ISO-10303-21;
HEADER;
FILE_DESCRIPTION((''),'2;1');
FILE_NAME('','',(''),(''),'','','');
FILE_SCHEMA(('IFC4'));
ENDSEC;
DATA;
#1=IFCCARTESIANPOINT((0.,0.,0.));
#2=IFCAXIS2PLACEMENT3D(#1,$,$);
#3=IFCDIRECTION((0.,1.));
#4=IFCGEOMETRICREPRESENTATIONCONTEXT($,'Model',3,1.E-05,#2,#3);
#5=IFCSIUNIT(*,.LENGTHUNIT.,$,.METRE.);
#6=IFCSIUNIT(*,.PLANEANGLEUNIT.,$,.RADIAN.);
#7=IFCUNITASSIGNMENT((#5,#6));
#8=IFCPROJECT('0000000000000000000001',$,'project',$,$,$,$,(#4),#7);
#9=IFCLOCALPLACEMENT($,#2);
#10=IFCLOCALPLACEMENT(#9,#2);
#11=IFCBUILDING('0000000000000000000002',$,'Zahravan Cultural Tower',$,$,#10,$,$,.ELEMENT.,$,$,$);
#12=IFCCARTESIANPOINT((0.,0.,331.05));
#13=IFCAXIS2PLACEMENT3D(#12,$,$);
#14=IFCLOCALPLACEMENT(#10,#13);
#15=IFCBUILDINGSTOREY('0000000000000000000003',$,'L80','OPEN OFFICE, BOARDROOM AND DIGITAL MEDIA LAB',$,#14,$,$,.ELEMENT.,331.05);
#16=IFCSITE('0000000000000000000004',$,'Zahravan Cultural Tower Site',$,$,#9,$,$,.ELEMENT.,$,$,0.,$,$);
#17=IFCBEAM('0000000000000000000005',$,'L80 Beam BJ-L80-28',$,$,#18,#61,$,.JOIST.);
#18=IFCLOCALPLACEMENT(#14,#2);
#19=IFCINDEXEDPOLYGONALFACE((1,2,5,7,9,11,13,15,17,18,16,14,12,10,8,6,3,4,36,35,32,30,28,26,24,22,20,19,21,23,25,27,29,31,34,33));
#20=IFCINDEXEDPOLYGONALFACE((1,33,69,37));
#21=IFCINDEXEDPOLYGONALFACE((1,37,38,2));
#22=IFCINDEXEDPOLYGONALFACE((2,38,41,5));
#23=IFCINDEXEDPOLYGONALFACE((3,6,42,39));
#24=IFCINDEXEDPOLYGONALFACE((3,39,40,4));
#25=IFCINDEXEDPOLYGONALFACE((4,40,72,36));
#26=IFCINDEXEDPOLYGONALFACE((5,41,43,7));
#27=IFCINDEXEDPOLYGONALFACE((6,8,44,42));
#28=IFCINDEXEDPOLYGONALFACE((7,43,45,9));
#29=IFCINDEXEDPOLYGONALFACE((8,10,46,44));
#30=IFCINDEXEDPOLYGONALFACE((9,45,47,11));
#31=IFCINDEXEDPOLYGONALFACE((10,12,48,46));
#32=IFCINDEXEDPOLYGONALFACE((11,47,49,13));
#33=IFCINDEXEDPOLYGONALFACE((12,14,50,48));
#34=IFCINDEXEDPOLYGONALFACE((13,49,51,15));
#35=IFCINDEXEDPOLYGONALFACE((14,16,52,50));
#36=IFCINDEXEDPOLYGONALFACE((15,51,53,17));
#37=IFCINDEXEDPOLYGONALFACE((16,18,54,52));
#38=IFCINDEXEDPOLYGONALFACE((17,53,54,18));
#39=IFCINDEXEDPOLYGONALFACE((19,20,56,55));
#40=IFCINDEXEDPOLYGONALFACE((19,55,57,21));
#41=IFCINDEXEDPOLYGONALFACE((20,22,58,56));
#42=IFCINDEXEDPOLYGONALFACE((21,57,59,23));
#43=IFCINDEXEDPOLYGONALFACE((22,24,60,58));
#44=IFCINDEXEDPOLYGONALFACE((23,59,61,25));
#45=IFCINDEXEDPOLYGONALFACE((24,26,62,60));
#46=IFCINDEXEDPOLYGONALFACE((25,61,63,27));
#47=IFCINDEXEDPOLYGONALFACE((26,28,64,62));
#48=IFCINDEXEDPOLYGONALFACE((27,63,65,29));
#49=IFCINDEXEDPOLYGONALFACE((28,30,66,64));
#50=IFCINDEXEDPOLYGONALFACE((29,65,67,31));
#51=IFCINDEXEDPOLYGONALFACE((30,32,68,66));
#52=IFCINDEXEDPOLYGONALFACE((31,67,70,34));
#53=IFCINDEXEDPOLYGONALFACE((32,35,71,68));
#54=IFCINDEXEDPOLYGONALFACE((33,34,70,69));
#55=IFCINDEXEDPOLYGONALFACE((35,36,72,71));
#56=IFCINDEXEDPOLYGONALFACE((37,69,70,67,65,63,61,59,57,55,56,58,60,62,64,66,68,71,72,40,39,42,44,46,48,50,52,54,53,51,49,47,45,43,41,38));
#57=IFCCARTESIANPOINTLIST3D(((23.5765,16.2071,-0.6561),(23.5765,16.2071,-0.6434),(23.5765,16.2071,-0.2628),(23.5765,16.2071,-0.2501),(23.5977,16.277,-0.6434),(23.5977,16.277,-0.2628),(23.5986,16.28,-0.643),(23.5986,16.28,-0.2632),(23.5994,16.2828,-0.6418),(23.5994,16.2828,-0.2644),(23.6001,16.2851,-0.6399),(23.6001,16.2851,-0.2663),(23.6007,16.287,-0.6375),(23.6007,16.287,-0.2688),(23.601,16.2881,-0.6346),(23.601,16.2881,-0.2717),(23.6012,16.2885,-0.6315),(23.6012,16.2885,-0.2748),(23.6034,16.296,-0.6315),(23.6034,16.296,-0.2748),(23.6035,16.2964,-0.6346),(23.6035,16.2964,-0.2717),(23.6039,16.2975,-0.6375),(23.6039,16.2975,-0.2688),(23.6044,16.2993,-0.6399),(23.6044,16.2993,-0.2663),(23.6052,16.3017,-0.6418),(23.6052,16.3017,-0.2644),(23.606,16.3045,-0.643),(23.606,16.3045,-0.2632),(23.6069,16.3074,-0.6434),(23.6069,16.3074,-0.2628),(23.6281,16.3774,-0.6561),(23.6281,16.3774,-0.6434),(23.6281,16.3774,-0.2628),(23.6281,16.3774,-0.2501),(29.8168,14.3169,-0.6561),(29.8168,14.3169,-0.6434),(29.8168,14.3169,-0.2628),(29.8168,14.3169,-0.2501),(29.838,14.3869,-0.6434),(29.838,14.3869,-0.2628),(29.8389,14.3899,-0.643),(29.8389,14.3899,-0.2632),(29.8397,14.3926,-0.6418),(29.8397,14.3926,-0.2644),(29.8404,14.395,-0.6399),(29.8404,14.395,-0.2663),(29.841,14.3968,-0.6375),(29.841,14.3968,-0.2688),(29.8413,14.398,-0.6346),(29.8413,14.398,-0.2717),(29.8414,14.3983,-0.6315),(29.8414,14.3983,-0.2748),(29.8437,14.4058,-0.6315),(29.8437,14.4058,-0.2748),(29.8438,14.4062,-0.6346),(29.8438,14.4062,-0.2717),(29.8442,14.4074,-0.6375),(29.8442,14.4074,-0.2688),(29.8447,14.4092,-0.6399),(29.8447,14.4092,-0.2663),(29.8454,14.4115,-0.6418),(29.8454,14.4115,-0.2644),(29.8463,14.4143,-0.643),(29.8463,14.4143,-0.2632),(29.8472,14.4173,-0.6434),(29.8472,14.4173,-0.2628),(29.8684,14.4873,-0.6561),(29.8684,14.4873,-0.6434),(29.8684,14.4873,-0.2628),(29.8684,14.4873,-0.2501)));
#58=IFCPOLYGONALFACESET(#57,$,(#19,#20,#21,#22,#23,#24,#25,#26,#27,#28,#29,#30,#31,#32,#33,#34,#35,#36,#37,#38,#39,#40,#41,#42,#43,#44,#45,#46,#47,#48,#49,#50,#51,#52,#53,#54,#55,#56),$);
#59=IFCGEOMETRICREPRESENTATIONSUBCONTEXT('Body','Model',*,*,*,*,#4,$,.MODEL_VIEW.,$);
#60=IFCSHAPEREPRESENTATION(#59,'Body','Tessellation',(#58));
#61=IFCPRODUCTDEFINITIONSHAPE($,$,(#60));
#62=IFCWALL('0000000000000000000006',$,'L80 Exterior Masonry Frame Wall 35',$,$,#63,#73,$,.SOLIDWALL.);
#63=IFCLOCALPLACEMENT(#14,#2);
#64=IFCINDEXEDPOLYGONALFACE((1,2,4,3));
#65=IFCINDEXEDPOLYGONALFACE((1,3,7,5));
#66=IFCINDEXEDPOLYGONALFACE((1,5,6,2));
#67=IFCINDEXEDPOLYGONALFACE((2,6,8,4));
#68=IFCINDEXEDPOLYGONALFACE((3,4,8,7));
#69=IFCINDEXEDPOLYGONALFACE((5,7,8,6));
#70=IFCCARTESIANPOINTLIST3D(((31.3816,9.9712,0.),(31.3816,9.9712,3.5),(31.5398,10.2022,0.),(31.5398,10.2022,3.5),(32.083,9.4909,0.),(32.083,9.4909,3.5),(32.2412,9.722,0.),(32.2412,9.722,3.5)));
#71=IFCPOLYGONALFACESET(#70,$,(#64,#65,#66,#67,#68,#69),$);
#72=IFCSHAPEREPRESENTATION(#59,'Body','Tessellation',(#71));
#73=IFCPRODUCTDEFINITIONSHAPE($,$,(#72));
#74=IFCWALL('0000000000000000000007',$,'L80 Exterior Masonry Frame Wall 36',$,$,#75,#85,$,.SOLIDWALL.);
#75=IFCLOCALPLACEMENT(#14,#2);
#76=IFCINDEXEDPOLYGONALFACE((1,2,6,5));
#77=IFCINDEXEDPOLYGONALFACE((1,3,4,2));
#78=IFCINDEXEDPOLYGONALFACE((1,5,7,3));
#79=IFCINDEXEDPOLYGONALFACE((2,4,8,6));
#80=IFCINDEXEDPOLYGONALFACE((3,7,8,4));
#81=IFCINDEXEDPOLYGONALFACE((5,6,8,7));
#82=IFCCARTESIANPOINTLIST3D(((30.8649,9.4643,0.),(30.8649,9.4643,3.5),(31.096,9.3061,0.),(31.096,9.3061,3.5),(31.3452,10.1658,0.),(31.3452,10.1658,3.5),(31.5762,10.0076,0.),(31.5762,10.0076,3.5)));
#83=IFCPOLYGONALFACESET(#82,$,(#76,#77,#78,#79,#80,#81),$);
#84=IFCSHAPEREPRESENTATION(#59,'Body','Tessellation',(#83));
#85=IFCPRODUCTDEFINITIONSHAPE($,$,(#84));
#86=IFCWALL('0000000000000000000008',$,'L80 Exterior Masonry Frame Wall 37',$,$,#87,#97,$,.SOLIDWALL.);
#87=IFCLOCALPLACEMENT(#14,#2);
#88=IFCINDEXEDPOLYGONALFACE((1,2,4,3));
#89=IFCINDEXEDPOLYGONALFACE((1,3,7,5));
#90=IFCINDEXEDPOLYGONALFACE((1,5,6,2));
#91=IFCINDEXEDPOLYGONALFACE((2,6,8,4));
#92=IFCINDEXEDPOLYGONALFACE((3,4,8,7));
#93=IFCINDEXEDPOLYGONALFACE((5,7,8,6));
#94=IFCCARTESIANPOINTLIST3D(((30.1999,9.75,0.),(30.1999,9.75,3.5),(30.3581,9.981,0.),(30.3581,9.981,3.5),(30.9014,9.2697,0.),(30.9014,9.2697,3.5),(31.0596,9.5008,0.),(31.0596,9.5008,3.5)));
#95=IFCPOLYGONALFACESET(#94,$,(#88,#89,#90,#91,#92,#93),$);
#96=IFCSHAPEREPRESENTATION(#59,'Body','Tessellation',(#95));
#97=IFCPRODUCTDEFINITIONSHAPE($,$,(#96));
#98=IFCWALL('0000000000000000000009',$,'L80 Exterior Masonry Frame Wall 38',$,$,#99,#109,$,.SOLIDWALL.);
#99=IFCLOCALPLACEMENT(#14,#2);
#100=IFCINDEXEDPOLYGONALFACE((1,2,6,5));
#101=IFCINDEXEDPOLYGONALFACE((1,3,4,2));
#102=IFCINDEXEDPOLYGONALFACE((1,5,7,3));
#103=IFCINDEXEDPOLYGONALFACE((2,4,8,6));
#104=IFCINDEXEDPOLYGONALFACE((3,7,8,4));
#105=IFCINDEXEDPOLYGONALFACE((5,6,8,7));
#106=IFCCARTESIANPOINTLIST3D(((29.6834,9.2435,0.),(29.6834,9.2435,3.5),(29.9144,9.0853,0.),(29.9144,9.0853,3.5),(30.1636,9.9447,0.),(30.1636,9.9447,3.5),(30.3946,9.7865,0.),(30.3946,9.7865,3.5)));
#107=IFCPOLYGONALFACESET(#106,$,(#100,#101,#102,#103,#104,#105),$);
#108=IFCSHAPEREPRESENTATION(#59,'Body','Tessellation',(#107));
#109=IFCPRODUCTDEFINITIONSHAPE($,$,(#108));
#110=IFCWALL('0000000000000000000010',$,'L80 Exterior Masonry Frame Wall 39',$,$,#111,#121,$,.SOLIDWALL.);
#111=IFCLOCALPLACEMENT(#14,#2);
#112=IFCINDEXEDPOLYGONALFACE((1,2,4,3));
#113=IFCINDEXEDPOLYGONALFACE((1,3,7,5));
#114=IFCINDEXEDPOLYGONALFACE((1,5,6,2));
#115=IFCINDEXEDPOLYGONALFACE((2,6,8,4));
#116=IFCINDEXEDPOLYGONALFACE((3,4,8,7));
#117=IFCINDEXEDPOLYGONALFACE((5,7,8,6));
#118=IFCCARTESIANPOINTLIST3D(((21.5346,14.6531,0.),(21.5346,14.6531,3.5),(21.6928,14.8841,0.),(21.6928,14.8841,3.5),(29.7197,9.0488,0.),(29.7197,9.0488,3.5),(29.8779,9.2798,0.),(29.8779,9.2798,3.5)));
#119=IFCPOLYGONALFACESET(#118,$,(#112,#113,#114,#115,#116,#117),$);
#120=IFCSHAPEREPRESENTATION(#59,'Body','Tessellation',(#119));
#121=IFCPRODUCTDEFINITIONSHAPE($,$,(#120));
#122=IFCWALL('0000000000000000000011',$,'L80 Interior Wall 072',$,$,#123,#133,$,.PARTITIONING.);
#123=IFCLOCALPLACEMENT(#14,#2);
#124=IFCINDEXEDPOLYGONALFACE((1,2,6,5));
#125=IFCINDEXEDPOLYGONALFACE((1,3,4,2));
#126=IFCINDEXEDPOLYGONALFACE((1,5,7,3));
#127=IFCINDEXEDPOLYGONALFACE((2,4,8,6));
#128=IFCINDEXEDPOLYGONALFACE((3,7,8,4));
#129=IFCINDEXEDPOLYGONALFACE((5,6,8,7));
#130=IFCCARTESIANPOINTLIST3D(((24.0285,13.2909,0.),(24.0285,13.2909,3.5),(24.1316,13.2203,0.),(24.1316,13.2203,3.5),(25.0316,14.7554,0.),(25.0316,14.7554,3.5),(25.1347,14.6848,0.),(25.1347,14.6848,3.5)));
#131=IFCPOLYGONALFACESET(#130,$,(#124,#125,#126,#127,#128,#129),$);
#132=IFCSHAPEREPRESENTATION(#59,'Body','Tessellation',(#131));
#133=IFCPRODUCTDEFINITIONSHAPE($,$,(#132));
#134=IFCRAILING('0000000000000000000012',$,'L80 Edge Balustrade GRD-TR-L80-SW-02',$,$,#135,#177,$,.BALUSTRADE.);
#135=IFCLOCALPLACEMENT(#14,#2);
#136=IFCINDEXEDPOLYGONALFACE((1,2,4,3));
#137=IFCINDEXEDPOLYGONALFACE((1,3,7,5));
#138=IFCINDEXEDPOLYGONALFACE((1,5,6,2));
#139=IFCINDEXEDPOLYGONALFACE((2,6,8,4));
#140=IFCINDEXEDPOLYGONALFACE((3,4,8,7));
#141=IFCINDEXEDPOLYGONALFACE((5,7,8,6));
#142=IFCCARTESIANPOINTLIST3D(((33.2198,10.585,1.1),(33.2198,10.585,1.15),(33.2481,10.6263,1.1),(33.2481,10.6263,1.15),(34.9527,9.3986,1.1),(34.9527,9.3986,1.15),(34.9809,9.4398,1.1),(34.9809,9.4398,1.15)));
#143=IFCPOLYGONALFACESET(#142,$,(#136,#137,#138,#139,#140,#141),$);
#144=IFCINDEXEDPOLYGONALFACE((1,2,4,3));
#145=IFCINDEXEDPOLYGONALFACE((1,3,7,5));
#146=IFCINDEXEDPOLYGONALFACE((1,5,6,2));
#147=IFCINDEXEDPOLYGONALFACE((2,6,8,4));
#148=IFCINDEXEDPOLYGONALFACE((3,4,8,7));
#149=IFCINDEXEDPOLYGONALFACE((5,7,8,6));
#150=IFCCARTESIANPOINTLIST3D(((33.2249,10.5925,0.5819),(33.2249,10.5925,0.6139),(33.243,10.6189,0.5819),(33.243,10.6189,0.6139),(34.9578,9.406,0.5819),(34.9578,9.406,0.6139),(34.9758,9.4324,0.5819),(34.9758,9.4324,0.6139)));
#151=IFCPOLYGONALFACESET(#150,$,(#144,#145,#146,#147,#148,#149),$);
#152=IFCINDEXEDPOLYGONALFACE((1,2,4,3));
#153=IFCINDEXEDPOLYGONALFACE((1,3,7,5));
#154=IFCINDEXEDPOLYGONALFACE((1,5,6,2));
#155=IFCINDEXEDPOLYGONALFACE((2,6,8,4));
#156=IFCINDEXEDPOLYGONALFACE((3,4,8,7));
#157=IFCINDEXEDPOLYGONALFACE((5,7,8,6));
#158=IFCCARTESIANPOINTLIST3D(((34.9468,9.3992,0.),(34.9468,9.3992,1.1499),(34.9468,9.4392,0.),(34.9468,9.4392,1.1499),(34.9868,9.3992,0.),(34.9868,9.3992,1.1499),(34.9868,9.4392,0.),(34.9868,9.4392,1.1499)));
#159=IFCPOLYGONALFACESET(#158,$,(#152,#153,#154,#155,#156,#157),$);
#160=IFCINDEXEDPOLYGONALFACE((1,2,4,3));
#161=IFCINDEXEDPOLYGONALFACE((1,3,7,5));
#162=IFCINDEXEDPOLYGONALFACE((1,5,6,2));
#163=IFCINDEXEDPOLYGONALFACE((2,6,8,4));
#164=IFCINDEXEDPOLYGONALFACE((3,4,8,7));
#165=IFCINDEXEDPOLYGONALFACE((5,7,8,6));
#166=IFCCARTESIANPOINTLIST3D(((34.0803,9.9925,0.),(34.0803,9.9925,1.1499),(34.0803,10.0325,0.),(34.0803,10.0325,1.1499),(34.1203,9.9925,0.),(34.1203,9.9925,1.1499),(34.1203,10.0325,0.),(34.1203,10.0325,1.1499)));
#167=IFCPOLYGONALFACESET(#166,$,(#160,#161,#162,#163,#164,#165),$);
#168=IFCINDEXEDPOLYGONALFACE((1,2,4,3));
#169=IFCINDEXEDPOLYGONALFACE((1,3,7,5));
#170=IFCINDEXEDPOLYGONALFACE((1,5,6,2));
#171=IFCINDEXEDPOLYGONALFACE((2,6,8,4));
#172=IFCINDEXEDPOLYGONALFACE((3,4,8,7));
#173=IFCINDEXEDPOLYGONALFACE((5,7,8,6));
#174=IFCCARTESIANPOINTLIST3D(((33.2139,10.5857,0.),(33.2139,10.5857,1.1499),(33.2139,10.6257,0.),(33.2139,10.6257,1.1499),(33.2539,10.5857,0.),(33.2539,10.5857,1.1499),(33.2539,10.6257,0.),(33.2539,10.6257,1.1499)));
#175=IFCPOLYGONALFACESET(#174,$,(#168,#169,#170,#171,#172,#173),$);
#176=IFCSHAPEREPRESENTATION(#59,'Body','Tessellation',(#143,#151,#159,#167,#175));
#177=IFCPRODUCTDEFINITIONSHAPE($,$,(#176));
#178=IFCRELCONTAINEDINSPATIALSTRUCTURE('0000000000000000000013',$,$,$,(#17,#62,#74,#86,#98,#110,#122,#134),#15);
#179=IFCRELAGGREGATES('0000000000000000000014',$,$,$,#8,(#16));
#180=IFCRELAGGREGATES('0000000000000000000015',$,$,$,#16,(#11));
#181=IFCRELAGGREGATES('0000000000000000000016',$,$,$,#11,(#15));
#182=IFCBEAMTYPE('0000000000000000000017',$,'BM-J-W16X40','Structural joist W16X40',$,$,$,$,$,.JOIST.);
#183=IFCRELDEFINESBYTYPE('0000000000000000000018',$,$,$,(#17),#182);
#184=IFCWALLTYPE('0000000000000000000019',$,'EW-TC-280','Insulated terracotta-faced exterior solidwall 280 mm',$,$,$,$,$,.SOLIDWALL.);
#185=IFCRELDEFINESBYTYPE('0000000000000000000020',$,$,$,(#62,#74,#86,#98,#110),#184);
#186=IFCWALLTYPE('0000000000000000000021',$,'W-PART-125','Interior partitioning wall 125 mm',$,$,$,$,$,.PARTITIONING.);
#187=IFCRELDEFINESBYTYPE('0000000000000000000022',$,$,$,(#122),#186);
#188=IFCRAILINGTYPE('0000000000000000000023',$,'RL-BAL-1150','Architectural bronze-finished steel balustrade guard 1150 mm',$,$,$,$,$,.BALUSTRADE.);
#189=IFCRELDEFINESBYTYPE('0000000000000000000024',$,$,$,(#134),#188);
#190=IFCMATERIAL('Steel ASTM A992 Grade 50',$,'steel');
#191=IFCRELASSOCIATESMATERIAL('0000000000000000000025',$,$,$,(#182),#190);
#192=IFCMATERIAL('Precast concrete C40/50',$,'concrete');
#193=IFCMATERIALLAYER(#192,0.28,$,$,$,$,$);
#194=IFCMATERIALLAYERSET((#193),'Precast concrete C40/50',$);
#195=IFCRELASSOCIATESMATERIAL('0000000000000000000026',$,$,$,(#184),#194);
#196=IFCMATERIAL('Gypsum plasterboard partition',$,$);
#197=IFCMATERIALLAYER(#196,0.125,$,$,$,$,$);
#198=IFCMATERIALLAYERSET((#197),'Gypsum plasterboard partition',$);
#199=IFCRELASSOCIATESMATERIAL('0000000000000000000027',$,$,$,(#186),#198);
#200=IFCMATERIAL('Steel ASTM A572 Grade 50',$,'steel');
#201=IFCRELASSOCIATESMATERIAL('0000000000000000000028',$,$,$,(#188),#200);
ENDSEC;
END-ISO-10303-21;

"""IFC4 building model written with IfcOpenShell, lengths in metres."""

from ifc_helpers import new_model, si_unit, direction, frame, frame_2d, origin, origin_2d, place, context, subcontext, project, spatial, rectangle, i_section, extrude, source, transform, mapped, material, layer, layer_set, material_profile, profile_set, type_object, element, save


model = new_model("IFC4")

# Units and contexts
model_context = context("Model", 3, precision=1e-05, world=origin(), true_north=direction((0.0, 1.0)))
body_context = subcontext(model_context, "Body", "Model", "MODEL_VIEW")
ifc_project = project(units=[si_unit("LENGTHUNIT", "METRE"), si_unit("PLANEANGLEUNIT", "RADIAN")], contexts=[model_context])

# Site, building, storey
site_placement = place(None, origin())
site = spatial("IfcSite", under=ifc_project, at=site_placement, Name="Zahravan Cultural Tower Site", CompositionType="ELEMENT", RefElevation=0.0)
building_placement = place(site_placement, origin())
building = spatial("IfcBuilding", under=site, at=building_placement, Name="Zahravan Cultural Tower", CompositionType="ELEMENT")
storey_placement = place(building_placement, frame((0.0, 0.0, 331.05)))
storey = spatial("IfcBuildingStorey", under=building, at=storey_placement, Name="L80", Description="OPEN OFFICE, BOARDROOM AND DIGITAL MEDIA LAB", CompositionType="ELEMENT", Elevation=331.05)

# Shared definitions
ifc_material_1 = material(Name="Steel ASTM A992 Grade 50", Category="steel")

# Beam
ifc_material_profile_1 = material_profile(ifc_material_1, i_section(OverallWidth=0.178, OverallDepth=0.406, WebThickness=0.0078, FlangeThickness=0.0127, FilletRadius=0.012, at=origin_2d()), Name="W16X40")
ifc_profile_set_1 = profile_set([ifc_material_profile_1], Name="Steel ASTM A992 Grade 50")
beam_type_1 = type_object("IfcBeamType", Name="BM-J-W16X40", Description="Structural joist W16X40", PredefinedType="JOIST", material=ifc_profile_set_1)
shared_shape_1 = source(origin(), body_context, "Body", "SweptSolid", [
    extrude(i_section(OverallWidth=0.178, OverallDepth=0.406, WebThickness=0.0078, FlangeThickness=0.0127, FilletRadius=0.012, at=origin_2d()), origin(), (0.0, 0.0, 1.0), 6.5203),
])
beam_1_placement = place(storey_placement, frame((23.6023, 16.2922, -0.4531), z_axis=(0.95706, -0.289889, 0.0), x_axis=(0.289889, 0.95706, 0.0)))
element("IfcBeam", 1, at=beam_1_placement, inside=storey, type_object=beam_type_1, Name="L80 Beam BJ-L80-28", PredefinedType="JOIST", context=body_context, shape_type="MappedRepresentation", body=[
    mapped(shared_shape_1, transform((0.0, 0.0, 0.0), x_axis=(1.0, 0.0, 0.0), y_axis=(0.0, 1.0, 0.0), z_axis=(0.0, 0.0, 1.0), scale=1.0)),
])

# Shared definitions
ifc_material_2 = material(Name="Precast concrete C40/50", Category="concrete")
ifc_layer_1 = layer(ifc_material_2, 0.28)
ifc_layer_set_1 = layer_set([ifc_layer_1], Name="Precast concrete C40/50")
wall_type_1 = type_object("IfcWallType", Name="EW-TC-280", Description="Insulated terracotta-faced exterior solidwall 280 mm", PredefinedType="SOLIDWALL", material=ifc_layer_set_1)

# Walls
shared_shape_2 = source(origin(), body_context, "Body", "SweptSolid", [
    extrude(rectangle(XDim=0.8501, YDim=0.28, at=frame_2d((0.425, 0.0))), origin(), (0.0, 0.0, 1.0), 3.5),
])
for number, where, z_axis, x_axis, name in (
    (2, (32.1621, 9.6064, 0.0), (0.0, 0.0, 1.0), (-0.825138, 0.564931, 0.0), "L80 Exterior Masonry Frame Wall 35"),
    (3, (31.4607, 10.0867, 0.0), (0.0, 0.0, 1.0), (-0.564931, -0.825138, 0.0), "L80 Exterior Masonry Frame Wall 36"),
    (4, (30.9805, 9.3853, 0.0), (0.0, 0.0, 1.0), (-0.825138, 0.564931, 0.0), "L80 Exterior Masonry Frame Wall 37"),
):
    element("IfcWall", number, at=place(storey_placement, frame(where, z_axis=z_axis, x_axis=x_axis)), inside=storey, type_object=wall_type_1, Name=name, PredefinedType="SOLIDWALL", context=body_context, shape_type="MappedRepresentation", body=[
        mapped(shared_shape_2, transform((0.0, 0.0, 0.0), x_axis=(1.0, 0.0, 0.0), y_axis=(0.0, 1.0, 0.0), z_axis=(0.0, 0.0, 1.0), scale=1.0)),
    ])
shared_shape_3 = source(origin(), body_context, "Body", "SweptSolid", [
    extrude(rectangle(XDim=0.8499, YDim=0.28, at=frame_2d((0.4248, 0.0))), origin(), (0.0, 0.0, 1.0), 3.5),
])
wall_1_placement = place(storey_placement, frame((30.2791, 9.8655, 0.0), z_axis=(0.0, 0.0, 1.0), x_axis=(-0.565065, -0.825046, 0.0)))
element("IfcWall", 5, at=wall_1_placement, inside=storey, type_object=wall_type_1, Name="L80 Exterior Masonry Frame Wall 38", PredefinedType="SOLIDWALL", context=body_context, shape_type="MappedRepresentation", body=[
    mapped(shared_shape_3, transform((0.0, 0.0, 0.0), x_axis=(1.0, 0.0, 0.0), y_axis=(0.0, 1.0, 0.0), z_axis=(0.0, 0.0, 1.0), scale=1.0)),
])
shared_shape_4 = source(origin(), body_context, "Body", "SweptSolid", [
    extrude(rectangle(XDim=9.9199, YDim=0.28, at=frame_2d((4.96, 0.0))), origin(), (0.0, 0.0, 1.0), 3.5),
])
wall_2_placement = place(storey_placement, frame((29.7988, 9.1643, 0.0), z_axis=(0.0, 0.0, 1.0), x_axis=(-0.825122, 0.564955, 0.0)))
element("IfcWall", 6, at=wall_2_placement, inside=storey, type_object=wall_type_1, Name="L80 Exterior Masonry Frame Wall 39", PredefinedType="SOLIDWALL", context=body_context, shape_type="MappedRepresentation", body=[
    mapped(shared_shape_4, transform((0.0, 0.0, 0.0), x_axis=(1.0, 0.0, 0.0), y_axis=(0.0, 1.0, 0.0), z_axis=(0.0, 0.0, 1.0), scale=1.0)),
])
ifc_material_3 = material(Name="Gypsum plasterboard partition")
ifc_layer_2 = layer(ifc_material_3, 0.125)
ifc_layer_set_2 = layer_set([ifc_layer_2], Name="Gypsum plasterboard partition")
wall_type_2 = type_object("IfcWallType", Name="W-PART-125", Description="Interior partitioning wall 125 mm", PredefinedType="PARTITIONING", material=ifc_layer_set_2)
shared_shape_5 = source(origin(), body_context, "Body", "SweptSolid", [
    extrude(rectangle(XDim=1.7751, YDim=0.125, at=frame_2d((0.8877, 0.0))), origin(), (0.0, 0.0, 1.0), 3.5),
])
wall_3_placement = place(storey_placement, frame((25.0833, 14.7202, 0.0), z_axis=(0.0, 0.0, 1.0), x_axis=(-0.565098, -0.825024, 0.0)))
element("IfcWall", 7, at=wall_3_placement, inside=storey, type_object=wall_type_2, Name="L80 Interior Wall 072", PredefinedType="PARTITIONING", context=body_context, shape_type="MappedRepresentation", body=[
    mapped(shared_shape_5, transform((0.0, 0.0, 0.0), x_axis=(1.0, 0.0, 0.0), y_axis=(0.0, 1.0, 0.0), z_axis=(0.0, 0.0, 1.0), scale=1.0)),
])

# Railing
ifc_material_4 = material(Name="Steel ASTM A572 Grade 50", Category="steel")
railing_type = type_object("IfcRailingType", Name="RL-BAL-1150", Description="Architectural bronze-finished steel balustrade guard 1150 mm", PredefinedType="BALUSTRADE", material=ifc_material_4)
railing_1_placement = place(storey_placement, frame((34.9668, 9.4192, 0.0)))
element("IfcRailing", 8, at=railing_1_placement, inside=storey, type_object=railing_type, Name="L80 Edge Balustrade GRD-TR-L80-SW-02", PredefinedType="BALUSTRADE", context=body_context, shape_type="SweptSolid", body=[
    extrude(rectangle(XDim=0.05, YDim=0.05, at=origin_2d()), frame((0.0, 0.0, 1.125), z_axis=(-0.825119, 0.564959, 0.0), x_axis=(-0.564959, -0.825119, 0.0)), (0.0, 0.0, 1.0), 2.1001),
    extrude(rectangle(XDim=0.032, YDim=0.032, at=origin_2d()), frame((0.0, 0.0, 0.5979), z_axis=(-0.825119, 0.564959, 0.0), x_axis=(-0.564959, -0.825119, 0.0)), (0.0, 0.0, 1.0), 2.1001),
    extrude(rectangle(XDim=0.04, YDim=0.04, at=origin_2d()), origin(), (0.0, 0.0, 1.0), 1.1499),
    extrude(rectangle(XDim=0.04, YDim=0.04, at=origin_2d()), frame((-0.8665, 0.5933, 0.0)), (0.0, 0.0, 1.0), 1.1499),
    extrude(rectangle(XDim=0.04, YDim=0.04, at=origin_2d()), frame((-1.7329, 1.1865, 0.0)), (0.0, 0.0, 1.0), 1.1499),
])

save(model, "model.ifc")
